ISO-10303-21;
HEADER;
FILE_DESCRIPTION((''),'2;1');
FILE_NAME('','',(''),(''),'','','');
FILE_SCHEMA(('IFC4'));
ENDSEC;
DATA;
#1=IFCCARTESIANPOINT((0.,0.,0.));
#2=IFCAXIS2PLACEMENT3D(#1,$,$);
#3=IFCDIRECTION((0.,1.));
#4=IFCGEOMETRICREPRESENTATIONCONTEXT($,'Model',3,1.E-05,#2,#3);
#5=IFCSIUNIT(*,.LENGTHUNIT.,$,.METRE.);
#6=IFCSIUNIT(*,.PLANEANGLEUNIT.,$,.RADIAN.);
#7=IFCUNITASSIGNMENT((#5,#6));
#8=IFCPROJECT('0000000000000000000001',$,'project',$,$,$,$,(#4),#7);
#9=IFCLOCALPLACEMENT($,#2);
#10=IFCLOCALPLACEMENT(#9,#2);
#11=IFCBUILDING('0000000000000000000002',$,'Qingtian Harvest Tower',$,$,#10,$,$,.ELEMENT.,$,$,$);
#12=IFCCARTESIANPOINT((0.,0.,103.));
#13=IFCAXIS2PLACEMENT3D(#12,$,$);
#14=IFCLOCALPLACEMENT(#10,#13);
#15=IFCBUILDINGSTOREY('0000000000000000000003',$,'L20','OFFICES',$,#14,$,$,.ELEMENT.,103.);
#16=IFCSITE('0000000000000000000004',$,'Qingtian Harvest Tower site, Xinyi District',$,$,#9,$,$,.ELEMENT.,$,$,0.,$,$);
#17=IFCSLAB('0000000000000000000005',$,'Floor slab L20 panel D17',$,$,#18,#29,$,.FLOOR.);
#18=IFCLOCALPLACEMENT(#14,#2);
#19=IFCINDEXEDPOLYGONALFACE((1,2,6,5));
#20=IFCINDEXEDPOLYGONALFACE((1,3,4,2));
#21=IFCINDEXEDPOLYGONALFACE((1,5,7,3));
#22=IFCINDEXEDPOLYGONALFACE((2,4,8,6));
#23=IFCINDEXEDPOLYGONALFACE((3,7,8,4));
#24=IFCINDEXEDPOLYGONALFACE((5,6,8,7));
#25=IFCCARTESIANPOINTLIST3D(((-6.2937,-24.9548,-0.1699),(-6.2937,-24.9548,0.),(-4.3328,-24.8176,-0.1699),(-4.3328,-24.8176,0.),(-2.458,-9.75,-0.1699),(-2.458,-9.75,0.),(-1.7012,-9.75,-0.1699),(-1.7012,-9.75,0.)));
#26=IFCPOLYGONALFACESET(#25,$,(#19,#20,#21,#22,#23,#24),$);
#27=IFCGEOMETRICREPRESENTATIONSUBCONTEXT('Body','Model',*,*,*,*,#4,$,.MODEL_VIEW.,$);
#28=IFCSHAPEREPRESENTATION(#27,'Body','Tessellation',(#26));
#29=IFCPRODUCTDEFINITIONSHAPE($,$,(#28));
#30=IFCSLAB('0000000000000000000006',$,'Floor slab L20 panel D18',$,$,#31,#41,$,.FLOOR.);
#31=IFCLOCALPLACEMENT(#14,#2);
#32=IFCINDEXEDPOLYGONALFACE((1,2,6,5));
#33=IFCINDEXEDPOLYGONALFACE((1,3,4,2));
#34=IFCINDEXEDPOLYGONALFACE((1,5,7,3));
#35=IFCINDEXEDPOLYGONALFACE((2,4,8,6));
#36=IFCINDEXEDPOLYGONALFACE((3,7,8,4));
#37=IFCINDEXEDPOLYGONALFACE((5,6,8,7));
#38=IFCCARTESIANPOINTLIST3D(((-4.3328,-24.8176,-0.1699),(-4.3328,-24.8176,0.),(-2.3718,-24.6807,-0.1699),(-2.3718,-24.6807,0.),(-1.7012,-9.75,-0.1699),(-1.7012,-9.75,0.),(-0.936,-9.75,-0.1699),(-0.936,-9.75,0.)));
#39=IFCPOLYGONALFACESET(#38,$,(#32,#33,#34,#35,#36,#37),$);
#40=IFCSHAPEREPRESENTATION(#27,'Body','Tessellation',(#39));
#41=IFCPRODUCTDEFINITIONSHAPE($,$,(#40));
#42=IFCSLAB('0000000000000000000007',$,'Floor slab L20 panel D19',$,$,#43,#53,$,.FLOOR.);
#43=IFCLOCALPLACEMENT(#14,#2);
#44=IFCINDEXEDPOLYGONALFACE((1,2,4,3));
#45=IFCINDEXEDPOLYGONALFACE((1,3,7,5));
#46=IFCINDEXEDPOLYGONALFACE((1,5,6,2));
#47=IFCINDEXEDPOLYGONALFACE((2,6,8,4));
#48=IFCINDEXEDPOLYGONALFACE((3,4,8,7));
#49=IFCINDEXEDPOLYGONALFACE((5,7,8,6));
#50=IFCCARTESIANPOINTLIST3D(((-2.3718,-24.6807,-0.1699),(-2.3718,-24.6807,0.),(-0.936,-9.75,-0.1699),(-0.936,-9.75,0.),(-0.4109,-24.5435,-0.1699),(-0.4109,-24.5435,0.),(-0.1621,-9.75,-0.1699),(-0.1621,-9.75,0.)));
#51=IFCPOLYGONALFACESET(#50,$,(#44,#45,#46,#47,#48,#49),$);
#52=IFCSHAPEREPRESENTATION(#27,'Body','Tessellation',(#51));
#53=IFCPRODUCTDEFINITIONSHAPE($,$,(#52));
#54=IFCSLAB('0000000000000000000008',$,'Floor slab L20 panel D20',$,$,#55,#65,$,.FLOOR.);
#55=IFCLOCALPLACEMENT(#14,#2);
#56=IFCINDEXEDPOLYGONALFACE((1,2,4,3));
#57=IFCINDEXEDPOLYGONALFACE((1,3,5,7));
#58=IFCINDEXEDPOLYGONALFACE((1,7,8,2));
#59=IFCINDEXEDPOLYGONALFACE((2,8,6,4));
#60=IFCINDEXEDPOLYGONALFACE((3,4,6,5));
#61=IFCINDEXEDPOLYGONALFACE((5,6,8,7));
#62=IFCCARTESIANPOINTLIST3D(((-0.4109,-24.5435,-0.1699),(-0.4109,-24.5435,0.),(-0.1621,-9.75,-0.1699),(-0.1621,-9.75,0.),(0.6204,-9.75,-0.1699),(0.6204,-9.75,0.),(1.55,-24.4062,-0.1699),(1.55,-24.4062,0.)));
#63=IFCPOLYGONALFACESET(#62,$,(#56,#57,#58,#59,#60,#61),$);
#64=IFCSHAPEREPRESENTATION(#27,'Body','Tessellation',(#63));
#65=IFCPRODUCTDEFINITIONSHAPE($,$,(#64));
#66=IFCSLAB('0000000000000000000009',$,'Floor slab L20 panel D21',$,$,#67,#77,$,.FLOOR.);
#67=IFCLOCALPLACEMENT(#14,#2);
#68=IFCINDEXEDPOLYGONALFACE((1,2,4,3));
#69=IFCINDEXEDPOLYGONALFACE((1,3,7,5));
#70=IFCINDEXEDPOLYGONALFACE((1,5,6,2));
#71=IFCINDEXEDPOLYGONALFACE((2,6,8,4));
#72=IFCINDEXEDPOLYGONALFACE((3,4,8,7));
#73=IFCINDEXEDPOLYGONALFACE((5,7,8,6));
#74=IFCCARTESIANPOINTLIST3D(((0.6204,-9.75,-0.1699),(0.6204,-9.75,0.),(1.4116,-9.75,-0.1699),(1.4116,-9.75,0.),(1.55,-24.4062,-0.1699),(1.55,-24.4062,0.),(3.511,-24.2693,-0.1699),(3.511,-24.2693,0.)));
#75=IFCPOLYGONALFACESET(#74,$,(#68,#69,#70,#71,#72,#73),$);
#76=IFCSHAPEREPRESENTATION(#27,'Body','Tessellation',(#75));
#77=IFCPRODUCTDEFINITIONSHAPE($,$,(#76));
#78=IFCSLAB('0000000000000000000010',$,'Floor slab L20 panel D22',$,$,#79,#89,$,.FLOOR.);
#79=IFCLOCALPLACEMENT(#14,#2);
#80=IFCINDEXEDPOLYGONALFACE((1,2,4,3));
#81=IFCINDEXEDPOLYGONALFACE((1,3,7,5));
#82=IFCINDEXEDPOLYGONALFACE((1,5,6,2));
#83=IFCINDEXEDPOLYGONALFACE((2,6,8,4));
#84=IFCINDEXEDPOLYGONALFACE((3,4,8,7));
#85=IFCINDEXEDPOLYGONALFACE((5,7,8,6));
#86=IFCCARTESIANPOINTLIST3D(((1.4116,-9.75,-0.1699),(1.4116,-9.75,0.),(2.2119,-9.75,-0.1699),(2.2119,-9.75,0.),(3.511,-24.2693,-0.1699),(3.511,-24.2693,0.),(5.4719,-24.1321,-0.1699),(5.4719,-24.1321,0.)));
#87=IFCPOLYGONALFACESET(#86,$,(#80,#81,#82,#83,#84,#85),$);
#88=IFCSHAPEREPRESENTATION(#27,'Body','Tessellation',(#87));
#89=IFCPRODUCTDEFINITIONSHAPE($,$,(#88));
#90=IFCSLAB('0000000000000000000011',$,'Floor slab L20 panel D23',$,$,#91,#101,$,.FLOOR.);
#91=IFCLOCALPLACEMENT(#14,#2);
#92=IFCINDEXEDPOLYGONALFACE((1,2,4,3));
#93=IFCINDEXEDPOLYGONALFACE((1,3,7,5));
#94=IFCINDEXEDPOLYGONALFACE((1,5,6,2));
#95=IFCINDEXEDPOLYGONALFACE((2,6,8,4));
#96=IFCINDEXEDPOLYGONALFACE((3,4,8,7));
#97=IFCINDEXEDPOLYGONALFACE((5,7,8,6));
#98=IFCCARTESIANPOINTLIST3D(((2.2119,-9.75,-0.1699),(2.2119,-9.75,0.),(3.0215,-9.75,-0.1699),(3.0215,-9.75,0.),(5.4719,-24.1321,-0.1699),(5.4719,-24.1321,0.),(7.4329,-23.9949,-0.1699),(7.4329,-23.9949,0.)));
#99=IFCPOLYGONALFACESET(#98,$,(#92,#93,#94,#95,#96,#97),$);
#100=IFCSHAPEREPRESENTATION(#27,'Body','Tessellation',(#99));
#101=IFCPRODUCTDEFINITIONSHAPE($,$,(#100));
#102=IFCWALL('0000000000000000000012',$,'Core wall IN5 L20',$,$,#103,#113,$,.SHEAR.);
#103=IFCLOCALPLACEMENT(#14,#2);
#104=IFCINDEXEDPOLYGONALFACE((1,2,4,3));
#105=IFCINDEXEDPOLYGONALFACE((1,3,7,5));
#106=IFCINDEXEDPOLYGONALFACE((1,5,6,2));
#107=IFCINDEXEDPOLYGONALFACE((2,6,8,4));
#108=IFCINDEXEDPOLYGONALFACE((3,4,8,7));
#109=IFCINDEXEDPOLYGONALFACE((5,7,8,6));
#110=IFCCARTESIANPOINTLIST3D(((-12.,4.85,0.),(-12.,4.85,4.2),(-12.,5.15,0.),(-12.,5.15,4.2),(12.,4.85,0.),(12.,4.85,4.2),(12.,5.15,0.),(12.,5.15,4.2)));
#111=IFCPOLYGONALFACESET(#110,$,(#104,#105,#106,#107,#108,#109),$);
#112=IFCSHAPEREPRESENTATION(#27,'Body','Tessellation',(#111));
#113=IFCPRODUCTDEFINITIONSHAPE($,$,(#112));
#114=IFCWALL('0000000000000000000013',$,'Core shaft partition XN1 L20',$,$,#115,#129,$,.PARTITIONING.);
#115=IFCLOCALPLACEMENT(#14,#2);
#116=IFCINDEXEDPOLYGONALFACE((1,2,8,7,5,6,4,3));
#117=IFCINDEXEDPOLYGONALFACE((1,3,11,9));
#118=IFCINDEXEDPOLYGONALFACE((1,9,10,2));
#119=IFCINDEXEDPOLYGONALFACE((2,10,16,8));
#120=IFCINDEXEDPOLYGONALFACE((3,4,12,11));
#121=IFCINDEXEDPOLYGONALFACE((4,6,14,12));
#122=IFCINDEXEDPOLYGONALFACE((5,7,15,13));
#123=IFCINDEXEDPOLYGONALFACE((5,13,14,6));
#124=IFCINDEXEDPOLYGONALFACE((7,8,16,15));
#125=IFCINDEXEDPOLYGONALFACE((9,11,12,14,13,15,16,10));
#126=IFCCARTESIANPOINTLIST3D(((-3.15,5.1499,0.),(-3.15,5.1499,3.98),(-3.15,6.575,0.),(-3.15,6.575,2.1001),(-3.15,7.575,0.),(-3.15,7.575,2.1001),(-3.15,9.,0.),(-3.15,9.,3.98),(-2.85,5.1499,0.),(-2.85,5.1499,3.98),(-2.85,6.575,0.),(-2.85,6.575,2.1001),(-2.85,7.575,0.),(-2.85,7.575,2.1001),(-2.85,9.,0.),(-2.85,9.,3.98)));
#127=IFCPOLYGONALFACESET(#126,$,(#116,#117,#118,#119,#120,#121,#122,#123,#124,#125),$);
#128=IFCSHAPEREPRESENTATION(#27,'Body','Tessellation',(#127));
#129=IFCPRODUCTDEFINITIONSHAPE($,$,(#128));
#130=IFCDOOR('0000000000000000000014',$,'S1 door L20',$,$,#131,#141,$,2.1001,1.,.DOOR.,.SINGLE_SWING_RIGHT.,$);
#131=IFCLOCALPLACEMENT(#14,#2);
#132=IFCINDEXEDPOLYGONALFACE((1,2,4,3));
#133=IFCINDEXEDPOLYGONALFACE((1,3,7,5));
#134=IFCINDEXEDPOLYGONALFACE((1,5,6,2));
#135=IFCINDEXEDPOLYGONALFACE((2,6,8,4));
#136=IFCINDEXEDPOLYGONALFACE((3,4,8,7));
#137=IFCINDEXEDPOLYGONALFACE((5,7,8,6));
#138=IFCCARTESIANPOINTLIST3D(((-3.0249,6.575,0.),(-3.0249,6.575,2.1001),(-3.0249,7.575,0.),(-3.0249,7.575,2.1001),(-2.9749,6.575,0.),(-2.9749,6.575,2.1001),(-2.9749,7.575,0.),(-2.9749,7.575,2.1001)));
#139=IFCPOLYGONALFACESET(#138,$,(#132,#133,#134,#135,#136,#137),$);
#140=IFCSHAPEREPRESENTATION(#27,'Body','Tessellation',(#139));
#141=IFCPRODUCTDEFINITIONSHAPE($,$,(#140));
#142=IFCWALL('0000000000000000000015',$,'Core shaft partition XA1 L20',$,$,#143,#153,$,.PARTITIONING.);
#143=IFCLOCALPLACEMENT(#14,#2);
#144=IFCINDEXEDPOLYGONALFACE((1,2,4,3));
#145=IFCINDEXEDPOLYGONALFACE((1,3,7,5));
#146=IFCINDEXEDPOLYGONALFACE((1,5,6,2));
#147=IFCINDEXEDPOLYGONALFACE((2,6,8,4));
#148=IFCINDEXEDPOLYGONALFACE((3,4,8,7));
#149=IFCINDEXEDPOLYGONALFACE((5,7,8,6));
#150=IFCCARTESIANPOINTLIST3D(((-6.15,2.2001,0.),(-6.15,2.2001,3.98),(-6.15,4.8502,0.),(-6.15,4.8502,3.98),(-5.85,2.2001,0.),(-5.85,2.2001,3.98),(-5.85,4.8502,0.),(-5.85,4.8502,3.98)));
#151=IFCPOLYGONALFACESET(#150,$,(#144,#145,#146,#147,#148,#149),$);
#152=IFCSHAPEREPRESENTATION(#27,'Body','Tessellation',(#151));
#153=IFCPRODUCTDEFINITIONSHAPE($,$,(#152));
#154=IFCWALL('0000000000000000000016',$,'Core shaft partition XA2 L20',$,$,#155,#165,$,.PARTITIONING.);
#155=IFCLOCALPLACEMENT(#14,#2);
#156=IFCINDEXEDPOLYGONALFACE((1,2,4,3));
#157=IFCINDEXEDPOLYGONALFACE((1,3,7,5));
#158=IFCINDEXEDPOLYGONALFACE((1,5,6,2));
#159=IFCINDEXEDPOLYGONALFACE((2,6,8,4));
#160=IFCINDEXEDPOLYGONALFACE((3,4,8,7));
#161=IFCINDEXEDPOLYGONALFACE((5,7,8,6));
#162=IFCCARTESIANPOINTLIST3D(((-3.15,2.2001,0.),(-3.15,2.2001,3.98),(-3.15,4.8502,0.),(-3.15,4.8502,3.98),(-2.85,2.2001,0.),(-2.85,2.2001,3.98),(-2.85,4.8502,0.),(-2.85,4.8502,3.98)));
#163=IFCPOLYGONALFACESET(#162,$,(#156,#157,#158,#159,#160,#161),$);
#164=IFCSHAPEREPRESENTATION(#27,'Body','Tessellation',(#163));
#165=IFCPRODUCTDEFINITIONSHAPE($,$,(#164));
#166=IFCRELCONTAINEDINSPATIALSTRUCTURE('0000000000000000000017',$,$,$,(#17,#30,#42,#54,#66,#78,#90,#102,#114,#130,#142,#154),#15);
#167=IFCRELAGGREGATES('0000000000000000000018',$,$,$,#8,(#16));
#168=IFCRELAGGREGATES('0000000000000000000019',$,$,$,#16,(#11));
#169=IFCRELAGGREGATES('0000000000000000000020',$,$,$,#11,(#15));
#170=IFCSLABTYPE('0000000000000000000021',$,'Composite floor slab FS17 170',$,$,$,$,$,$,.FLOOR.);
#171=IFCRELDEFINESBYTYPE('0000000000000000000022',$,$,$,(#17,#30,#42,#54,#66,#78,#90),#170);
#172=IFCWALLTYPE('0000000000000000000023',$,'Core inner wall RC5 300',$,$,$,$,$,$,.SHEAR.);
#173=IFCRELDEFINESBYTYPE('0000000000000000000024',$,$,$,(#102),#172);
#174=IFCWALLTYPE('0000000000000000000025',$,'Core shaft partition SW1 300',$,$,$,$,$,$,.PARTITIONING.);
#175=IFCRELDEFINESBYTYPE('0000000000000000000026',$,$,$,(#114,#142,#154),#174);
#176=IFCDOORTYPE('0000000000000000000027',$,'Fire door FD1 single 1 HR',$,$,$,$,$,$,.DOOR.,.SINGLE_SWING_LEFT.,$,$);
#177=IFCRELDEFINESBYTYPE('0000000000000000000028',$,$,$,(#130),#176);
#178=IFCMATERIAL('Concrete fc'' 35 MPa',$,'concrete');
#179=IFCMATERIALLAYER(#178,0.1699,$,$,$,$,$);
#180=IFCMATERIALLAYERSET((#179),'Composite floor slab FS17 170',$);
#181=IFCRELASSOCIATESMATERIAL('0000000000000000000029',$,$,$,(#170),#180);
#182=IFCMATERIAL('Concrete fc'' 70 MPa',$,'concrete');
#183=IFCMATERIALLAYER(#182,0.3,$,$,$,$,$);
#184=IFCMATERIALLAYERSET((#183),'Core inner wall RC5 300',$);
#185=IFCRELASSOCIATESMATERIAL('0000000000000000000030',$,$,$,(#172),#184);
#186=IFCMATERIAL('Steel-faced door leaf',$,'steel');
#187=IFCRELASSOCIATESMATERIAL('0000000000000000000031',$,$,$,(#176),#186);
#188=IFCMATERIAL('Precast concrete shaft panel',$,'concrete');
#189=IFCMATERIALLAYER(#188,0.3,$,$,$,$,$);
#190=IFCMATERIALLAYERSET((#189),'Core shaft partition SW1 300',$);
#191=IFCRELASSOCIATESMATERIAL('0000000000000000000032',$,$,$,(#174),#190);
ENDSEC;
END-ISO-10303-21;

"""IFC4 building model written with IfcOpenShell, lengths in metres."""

from ifc_helpers import new_model, si_unit, direction, frame, frame_2d, origin, place, context, subcontext, project, spatial, polyline, rectangle, outline, extrude, material, layer, layer_set, type_object, element, fill, save


model = new_model("IFC4")

# Units and contexts
model_context = context("Model", 3, precision=1e-05, world=origin(), true_north=direction((0.0, 1.0)))
body_context = subcontext(model_context, "Body", "Model", "MODEL_VIEW")
ifc_project = project(units=[si_unit("LENGTHUNIT", "METRE"), si_unit("PLANEANGLEUNIT", "RADIAN")], contexts=[model_context])

# Site, building, storey
site_placement = place(None, origin())
site = spatial("IfcSite", under=ifc_project, at=site_placement, Name="Qingtian Harvest Tower site, Xinyi District", CompositionType="ELEMENT", RefElevation=0.0)
building_placement = place(site_placement, origin())
building = spatial("IfcBuilding", under=site, at=building_placement, Name="Qingtian Harvest Tower", CompositionType="ELEMENT")
storey_placement = place(building_placement, frame((0.0, 0.0, 103.0)))
storey = spatial("IfcBuildingStorey", under=building, at=storey_placement, Name="L20", Description="OFFICES", CompositionType="ELEMENT", Elevation=103.0)

# Slabs
ifc_material_1 = material(Name="Concrete fc' 35 MPa", Category="concrete")
ifc_layer_1 = layer(ifc_material_1, 0.1699)
ifc_layer_set_1 = layer_set([ifc_layer_1], Name="Composite floor slab FS17 170")
slab_type = type_object("IfcSlabType", Name="Composite floor slab FS17 170", PredefinedType="FLOOR", material=ifc_layer_set_1)
slab_1_placement = place(storey_placement, frame((0.0, 0.0, -0.1699)))
element("IfcSlab", 1, at=slab_1_placement, inside=storey, type_object=slab_type, Name="Floor slab L20 panel D17", PredefinedType="FLOOR", context=body_context, shape_type="SweptSolid", body=[
    extrude(outline(polyline([(-1.7012, -9.75), (-4.3328, -24.8176), (-6.2937, -24.9548), (-2.458, -9.75), (-1.7012, -9.75)])), origin(), (0.0, 0.0, 1.0), 0.1699),
])
slab_2_placement = place(storey_placement, frame((0.0, 0.0, -0.1699)))
element("IfcSlab", 2, at=slab_2_placement, inside=storey, type_object=slab_type, Name="Floor slab L20 panel D18", PredefinedType="FLOOR", context=body_context, shape_type="SweptSolid", body=[
    extrude(outline(polyline([(-0.936, -9.75), (-2.3718, -24.6807), (-4.3328, -24.8176), (-1.7012, -9.75), (-0.936, -9.75)])), origin(), (0.0, 0.0, 1.0), 0.1699),
])
slab_3_placement = place(storey_placement, frame((0.0, 0.0, -0.1699)))
element("IfcSlab", 3, at=slab_3_placement, inside=storey, type_object=slab_type, Name="Floor slab L20 panel D19", PredefinedType="FLOOR", context=body_context, shape_type="SweptSolid", body=[
    extrude(outline(polyline([(-0.1621, -9.75), (-0.4109, -24.5435), (-2.3718, -24.6807), (-0.936, -9.75), (-0.1621, -9.75)])), origin(), (0.0, 0.0, 1.0), 0.1699),
])
slab_4_placement = place(storey_placement, frame((0.0, 0.0, -0.1699)))
element("IfcSlab", 4, at=slab_4_placement, inside=storey, type_object=slab_type, Name="Floor slab L20 panel D20", PredefinedType="FLOOR", context=body_context, shape_type="SweptSolid", body=[
    extrude(outline(polyline([(0.6204, -9.75), (1.55, -24.4062), (-0.4109, -24.5435), (-0.1621, -9.75), (0.6204, -9.75)])), origin(), (0.0, 0.0, 1.0), 0.1699),
])
slab_5_placement = place(storey_placement, frame((0.0, 0.0, -0.1699)))
element("IfcSlab", 5, at=slab_5_placement, inside=storey, type_object=slab_type, Name="Floor slab L20 panel D21", PredefinedType="FLOOR", context=body_context, shape_type="SweptSolid", body=[
    extrude(outline(polyline([(1.4116, -9.75), (3.511, -24.2693), (1.55, -24.4062), (0.6204, -9.75), (1.4116, -9.75)])), origin(), (0.0, 0.0, 1.0), 0.1699),
])
slab_6_placement = place(storey_placement, frame((0.0, 0.0, -0.1699)))
element("IfcSlab", 6, at=slab_6_placement, inside=storey, type_object=slab_type, Name="Floor slab L20 panel D22", PredefinedType="FLOOR", context=body_context, shape_type="SweptSolid", body=[
    extrude(outline(polyline([(2.2119, -9.75), (5.4719, -24.1321), (3.511, -24.2693), (1.4116, -9.75), (2.2119, -9.75)])), origin(), (0.0, 0.0, 1.0), 0.1699),
])
slab_7_placement = place(storey_placement, frame((0.0, 0.0, -0.1699)))
element("IfcSlab", 7, at=slab_7_placement, inside=storey, type_object=slab_type, Name="Floor slab L20 panel D23", PredefinedType="FLOOR", context=body_context, shape_type="SweptSolid", body=[
    extrude(outline(polyline([(3.0215, -9.75), (7.4329, -23.9949), (5.4719, -24.1321), (2.2119, -9.75), (3.0215, -9.75)])), origin(), (0.0, 0.0, 1.0), 0.1699),
])

# Wall
ifc_material_2 = material(Name="Concrete fc' 70 MPa", Category="concrete")
ifc_layer_2 = layer(ifc_material_2, 0.3)
ifc_layer_set_2 = layer_set([ifc_layer_2], Name="Core inner wall RC5 300")
wall_type_1 = type_object("IfcWallType", Name="Core inner wall RC5 300", PredefinedType="SHEAR", material=ifc_layer_set_2)
wall_1_placement = place(storey_placement, frame((-12.0, 5.0, 0.0), z_axis=(0.0, 0.0, 1.0), x_axis=(1.0, 0.0, 0.0)))
element("IfcWall", 8, at=wall_1_placement, inside=storey, type_object=wall_type_1, Name="Core wall IN5 L20", PredefinedType="SHEAR", context=body_context, shape_type="SweptSolid", body=[
    extrude(rectangle(XDim=24.0, YDim=0.3, at=frame_2d((12.0, 0.0))), origin(), (0.0, 0.0, 1.0), 4.2),
])

# Shared definitions
ifc_material_3 = material(Name="Steel-faced door leaf", Category="steel")
door_type_1 = type_object("IfcDoorType", Name="Fire door FD1 single 1 HR", OperationType="SINGLE_SWING_LEFT", PredefinedType="DOOR", material=ifc_material_3)

# Wall, opening, door
ifc_material_4 = material(Name="Precast concrete shaft panel", Category="concrete")
ifc_layer_3 = layer(ifc_material_4, 0.3)
ifc_layer_set_3 = layer_set([ifc_layer_3], Name="Core shaft partition SW1 300")
wall_type_2 = type_object("IfcWallType", Name="Core shaft partition SW1 300", PredefinedType="PARTITIONING", material=ifc_layer_set_3)
wall_2_placement = place(storey_placement, frame((-3.0, 5.1499, 0.0), z_axis=(0.0, 0.0, 1.0), x_axis=(0.0, 1.0, 0.0)))
wall_2 = element("IfcWall", 9, at=wall_2_placement, inside=storey, type_object=wall_type_2, Name="Core shaft partition XN1 L20", PredefinedType="PARTITIONING", context=body_context, shape_type="SweptSolid", body=[
    extrude(rectangle(XDim=3.8501, YDim=0.3, at=frame_2d((1.925, 0.0))), origin(), (0.0, 0.0, 1.0), 3.98),
])
opening_1_placement = place(wall_2_placement, frame((1.425, 0.0, 0.0)))
opening_1 = element("IfcOpeningElement", 10, at=opening_1_placement, cuts=wall_2, PredefinedType="OPENING", context=body_context, shape_type="SweptSolid", body=[
    extrude(rectangle(XDim=1.0, YDim=2.1001, at=frame_2d((0.5, 1.05))), frame((0.0, 0.1599, 0.0), z_axis=(0.0, -1.0, 0.0), x_axis=(1.0, 0.0, 0.0)), (0.0, 0.0, 1.0), 0.3201),
])
door_1_placement = place(opening_1_placement, origin())
door_1 = element("IfcDoor", 11, at=door_1_placement, inside=storey, type_object=door_type_1, Name="S1 door L20", OperationType="SINGLE_SWING_RIGHT", OverallHeight=2.1001, OverallWidth=1.0, PredefinedType="DOOR", context=body_context, shape_type="SweptSolid", body=[
    extrude(rectangle(XDim=1.0, YDim=2.1001, at=frame_2d((0.5, 1.05))), frame((0.0, 0.0249, 0.0), z_axis=(0.0, -1.0, 0.0), x_axis=(1.0, 0.0, 0.0)), (0.0, 0.0, 1.0), 0.05),
])
fill(opening_1, door_1)

# Walls
for number, where, z_axis, x_axis, name in (
    (12, (-6.0, 2.2, 0.0), (0.0, 0.0, 1.0), (0.0, 1.0, 0.0), "Core shaft partition XA1 L20"),
    (13, (-3.0, 2.2, 0.0), (0.0, 0.0, 1.0), (0.0, 1.0, 0.0), "Core shaft partition XA2 L20"),
):
    element("IfcWall", number, at=place(storey_placement, frame(where, z_axis=z_axis, x_axis=x_axis)), inside=storey, type_object=wall_type_2, Name=name, PredefinedType="PARTITIONING", context=body_context, shape_type="SweptSolid", body=[
        extrude(rectangle(XDim=2.6501, YDim=0.3, at=frame_2d((1.3252, 0.0))), origin(), (0.0, 0.0, 1.0), 3.98),
    ])

save(model, "model.ifc")
